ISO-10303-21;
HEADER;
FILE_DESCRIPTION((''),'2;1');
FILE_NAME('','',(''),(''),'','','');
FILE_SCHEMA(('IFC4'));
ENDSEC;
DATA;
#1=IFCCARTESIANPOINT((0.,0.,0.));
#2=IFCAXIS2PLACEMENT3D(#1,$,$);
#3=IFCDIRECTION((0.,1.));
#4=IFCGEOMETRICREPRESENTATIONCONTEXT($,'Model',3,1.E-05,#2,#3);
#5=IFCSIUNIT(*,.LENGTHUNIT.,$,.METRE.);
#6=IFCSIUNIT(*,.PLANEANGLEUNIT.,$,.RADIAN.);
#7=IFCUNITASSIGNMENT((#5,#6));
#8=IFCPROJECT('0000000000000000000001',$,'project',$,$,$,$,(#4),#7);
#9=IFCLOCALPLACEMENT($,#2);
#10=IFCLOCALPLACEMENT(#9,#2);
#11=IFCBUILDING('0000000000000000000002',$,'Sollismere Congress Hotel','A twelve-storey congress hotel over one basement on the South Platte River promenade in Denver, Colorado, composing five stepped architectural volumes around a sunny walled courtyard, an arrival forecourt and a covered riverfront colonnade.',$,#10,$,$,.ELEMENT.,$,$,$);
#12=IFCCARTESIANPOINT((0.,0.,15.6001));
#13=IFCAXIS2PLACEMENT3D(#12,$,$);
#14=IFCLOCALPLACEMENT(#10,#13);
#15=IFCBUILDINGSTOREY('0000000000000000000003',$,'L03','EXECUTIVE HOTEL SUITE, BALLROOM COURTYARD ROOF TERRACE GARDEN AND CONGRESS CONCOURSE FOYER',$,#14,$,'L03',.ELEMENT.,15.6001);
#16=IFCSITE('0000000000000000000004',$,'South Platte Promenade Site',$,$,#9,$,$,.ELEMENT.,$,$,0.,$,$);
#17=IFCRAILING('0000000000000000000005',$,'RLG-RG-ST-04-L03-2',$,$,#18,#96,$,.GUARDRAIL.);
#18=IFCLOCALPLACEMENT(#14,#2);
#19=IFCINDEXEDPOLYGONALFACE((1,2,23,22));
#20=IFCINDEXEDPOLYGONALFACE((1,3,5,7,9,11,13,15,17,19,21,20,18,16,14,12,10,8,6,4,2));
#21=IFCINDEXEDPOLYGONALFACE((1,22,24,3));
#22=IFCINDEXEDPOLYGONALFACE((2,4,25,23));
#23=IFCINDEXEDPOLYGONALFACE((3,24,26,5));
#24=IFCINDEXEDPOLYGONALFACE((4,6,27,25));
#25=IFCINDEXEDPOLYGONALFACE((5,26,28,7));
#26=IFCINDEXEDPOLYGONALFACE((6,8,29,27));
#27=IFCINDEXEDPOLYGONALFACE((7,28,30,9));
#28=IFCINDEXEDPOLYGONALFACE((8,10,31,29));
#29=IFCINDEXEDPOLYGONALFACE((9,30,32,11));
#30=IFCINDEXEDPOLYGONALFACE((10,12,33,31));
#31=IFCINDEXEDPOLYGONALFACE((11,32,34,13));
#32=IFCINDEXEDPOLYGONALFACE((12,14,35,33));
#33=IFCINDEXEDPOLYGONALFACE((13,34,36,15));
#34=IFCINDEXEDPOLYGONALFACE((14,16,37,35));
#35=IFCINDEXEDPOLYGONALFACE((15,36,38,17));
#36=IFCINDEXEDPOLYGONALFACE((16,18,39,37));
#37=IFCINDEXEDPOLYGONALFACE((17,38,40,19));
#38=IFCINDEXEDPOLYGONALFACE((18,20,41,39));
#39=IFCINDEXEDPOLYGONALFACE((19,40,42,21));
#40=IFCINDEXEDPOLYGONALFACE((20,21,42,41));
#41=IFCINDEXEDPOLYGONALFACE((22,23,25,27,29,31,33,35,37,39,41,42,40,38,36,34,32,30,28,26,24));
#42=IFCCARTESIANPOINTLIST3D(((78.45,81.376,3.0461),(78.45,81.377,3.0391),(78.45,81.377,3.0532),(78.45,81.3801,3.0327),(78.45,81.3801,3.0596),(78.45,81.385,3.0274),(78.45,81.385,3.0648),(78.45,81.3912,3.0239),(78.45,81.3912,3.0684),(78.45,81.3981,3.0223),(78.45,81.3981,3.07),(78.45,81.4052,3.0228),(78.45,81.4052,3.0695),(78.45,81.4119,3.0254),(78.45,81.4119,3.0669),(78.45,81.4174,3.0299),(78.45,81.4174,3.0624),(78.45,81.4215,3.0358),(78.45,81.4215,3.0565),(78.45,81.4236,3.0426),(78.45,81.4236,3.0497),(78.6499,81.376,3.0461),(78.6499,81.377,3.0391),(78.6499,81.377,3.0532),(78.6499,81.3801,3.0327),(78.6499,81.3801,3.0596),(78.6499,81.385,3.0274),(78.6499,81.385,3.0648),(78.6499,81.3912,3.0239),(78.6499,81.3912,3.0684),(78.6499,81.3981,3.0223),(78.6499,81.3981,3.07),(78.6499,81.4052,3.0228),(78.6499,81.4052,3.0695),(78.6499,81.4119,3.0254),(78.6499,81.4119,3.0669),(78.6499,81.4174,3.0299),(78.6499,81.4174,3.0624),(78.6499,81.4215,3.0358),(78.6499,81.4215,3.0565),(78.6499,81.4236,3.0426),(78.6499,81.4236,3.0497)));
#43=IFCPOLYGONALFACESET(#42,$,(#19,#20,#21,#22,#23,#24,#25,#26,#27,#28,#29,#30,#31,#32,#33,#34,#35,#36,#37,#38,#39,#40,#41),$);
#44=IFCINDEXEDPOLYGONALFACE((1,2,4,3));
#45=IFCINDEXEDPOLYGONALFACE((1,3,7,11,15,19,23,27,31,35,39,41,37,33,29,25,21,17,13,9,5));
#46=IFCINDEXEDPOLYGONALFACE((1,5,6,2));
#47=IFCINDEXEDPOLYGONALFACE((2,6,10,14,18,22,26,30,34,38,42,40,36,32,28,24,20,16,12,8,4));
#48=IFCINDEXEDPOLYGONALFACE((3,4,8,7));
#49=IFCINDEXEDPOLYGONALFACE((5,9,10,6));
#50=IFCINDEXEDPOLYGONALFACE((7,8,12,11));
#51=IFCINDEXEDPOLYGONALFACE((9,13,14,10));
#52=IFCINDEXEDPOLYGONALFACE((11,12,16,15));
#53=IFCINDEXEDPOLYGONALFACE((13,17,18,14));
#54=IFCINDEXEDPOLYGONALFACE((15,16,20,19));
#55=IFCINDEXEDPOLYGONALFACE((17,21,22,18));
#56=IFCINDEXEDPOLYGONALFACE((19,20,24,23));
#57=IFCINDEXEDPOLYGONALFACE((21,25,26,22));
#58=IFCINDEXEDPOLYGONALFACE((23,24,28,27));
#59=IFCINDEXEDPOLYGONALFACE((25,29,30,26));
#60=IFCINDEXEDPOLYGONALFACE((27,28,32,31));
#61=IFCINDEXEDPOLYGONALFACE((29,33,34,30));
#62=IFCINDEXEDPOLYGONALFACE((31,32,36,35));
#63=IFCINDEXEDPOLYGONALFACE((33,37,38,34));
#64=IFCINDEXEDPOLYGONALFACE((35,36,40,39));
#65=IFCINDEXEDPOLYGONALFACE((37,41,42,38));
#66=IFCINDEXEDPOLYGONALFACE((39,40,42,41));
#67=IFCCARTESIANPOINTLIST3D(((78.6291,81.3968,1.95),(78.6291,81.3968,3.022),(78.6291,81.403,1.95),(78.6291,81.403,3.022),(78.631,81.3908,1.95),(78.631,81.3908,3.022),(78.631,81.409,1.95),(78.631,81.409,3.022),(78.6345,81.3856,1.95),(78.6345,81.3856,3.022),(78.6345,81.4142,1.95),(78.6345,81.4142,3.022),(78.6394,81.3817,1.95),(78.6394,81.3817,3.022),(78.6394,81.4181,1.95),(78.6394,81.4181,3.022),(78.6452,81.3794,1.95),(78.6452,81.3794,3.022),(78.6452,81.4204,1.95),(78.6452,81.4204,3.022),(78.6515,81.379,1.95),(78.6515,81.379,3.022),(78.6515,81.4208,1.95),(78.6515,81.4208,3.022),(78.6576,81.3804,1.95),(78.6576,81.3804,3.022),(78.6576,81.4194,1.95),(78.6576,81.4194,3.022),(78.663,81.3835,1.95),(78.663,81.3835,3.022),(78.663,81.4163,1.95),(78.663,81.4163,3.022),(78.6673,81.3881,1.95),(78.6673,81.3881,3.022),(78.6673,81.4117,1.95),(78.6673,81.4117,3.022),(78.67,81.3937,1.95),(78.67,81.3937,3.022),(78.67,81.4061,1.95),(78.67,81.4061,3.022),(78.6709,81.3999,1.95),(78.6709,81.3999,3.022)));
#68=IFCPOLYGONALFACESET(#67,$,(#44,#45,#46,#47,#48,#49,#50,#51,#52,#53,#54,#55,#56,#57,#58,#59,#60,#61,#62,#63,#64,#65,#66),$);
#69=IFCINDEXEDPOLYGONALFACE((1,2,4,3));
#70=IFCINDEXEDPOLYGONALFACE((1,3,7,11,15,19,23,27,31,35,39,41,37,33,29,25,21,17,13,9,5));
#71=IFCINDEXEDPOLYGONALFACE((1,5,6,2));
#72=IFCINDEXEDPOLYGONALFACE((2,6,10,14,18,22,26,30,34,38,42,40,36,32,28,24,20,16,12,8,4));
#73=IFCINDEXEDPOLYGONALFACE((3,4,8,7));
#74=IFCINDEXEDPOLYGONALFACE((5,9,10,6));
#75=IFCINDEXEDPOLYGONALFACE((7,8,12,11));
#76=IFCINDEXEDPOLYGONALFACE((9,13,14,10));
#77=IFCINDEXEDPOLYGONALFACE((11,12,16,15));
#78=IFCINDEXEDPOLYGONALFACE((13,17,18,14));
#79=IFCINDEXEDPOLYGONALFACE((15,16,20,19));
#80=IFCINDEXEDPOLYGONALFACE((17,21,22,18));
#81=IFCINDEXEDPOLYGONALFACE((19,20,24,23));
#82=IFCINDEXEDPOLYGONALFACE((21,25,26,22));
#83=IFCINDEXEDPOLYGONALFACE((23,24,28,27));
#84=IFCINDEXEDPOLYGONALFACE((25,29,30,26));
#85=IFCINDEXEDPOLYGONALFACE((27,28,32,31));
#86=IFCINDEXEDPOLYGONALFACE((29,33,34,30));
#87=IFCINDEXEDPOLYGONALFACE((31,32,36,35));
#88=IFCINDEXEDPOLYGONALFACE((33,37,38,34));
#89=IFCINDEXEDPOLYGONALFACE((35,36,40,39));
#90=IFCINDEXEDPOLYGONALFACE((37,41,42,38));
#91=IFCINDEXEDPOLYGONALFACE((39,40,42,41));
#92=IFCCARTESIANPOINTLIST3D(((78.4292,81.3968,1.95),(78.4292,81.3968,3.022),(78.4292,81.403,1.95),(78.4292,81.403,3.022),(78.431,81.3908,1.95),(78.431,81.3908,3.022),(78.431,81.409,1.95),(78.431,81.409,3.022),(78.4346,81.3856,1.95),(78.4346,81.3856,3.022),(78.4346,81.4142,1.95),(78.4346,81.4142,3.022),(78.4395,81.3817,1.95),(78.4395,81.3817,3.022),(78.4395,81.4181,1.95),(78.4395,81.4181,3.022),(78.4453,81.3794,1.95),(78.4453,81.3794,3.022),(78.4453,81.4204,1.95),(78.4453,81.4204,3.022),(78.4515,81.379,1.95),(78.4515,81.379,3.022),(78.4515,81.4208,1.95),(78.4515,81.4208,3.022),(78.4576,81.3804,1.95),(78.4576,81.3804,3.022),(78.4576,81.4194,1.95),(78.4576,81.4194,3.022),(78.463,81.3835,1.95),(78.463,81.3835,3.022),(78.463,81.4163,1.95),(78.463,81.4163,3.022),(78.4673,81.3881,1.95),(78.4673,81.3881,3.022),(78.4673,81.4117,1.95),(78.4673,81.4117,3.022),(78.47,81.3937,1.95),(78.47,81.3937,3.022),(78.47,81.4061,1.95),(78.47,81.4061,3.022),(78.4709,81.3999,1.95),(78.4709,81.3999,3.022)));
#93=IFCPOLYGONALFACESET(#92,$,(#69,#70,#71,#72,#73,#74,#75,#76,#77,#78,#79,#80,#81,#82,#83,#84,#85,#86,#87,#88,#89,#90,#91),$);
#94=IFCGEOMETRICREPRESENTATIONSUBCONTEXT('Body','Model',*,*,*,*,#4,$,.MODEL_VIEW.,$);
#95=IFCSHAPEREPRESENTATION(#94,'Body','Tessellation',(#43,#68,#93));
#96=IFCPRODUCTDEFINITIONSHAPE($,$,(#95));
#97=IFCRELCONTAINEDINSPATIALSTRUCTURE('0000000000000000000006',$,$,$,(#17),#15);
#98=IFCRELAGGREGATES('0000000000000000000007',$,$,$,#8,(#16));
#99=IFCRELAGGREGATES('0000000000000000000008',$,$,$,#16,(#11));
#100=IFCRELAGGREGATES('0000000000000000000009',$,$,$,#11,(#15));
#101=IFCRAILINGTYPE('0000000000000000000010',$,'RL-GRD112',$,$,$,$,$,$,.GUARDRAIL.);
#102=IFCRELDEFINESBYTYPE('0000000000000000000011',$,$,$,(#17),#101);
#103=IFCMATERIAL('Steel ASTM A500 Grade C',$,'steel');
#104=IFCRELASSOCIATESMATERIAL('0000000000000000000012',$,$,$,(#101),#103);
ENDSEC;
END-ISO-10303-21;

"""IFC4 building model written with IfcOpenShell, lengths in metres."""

from ifc_helpers import new_model, si_unit, direction, frame, origin, origin_2d, place, context, subcontext, project, spatial, circle, extrude, material, type_object, element, save


model = new_model("IFC4")

# Units and contexts
model_context = context("Model", 3, precision=1e-05, world=origin(), true_north=direction((0.0, 1.0)))
body_context = subcontext(model_context, "Body", "Model", "MODEL_VIEW")
ifc_project = project(units=[si_unit("LENGTHUNIT", "METRE"), si_unit("PLANEANGLEUNIT", "RADIAN")], contexts=[model_context])

# Site, building, storey
site_placement = place(None, origin())
site = spatial("IfcSite", under=ifc_project, at=site_placement, Name="South Platte Promenade Site", CompositionType="ELEMENT", RefElevation=0.0)
building_placement = place(site_placement, origin())
building = spatial("IfcBuilding", under=site, at=building_placement, Name="Sollismere Congress Hotel", Description="A twelve-storey congress hotel over one basement on the South Platte River promenade in Denver, Colorado, composing five stepped architectural volumes around a sunny walled courtyard, an arrival forecourt and a covered riverfront colonnade.", CompositionType="ELEMENT")
storey_placement = place(building_placement, frame((0.0, 0.0, 15.6001)))
storey = spatial("IfcBuildingStorey", under=building, at=storey_placement, Name="L03", Description="EXECUTIVE HOTEL SUITE, BALLROOM COURTYARD ROOF TERRACE GARDEN AND CONGRESS CONCOURSE FOYER", LongName="L03", CompositionType="ELEMENT", Elevation=15.6001)

# Railing
ifc_material_1 = material(Name="Steel ASTM A500 Grade C", Category="steel")
railing_type_1 = type_object("IfcRailingType", Name="RL-GRD112", PredefinedType="GUARDRAIL", material=ifc_material_1)
railing_1_placement = place(storey_placement, frame((78.6499, 81.3999, 1.95)))
element("IfcRailing", 1, at=railing_1_placement, inside=storey, type_object=railing_type_1, Name="RLG-RG-ST-04-L03-2", PredefinedType="GUARDRAIL", context=body_context, shape_type="SweptSolid", body=[
    extrude(circle(Radius=0.0239, at=origin_2d()), frame((0.0, 0.0, 1.0962), z_axis=(-1.0, 0.0, 0.0), x_axis=(0.0, -1.0, 0.0)), (0.0, 0.0, 1.0), 0.2),
    extrude(circle(Radius=0.021, at=origin_2d()), origin(), (0.0, 0.0, 1.0), 1.072),
    extrude(circle(Radius=0.021, at=origin_2d()), frame((-0.2, 0.0, 0.0)), (0.0, 0.0, 1.0), 1.072),
])

save(model, "model.ifc")
